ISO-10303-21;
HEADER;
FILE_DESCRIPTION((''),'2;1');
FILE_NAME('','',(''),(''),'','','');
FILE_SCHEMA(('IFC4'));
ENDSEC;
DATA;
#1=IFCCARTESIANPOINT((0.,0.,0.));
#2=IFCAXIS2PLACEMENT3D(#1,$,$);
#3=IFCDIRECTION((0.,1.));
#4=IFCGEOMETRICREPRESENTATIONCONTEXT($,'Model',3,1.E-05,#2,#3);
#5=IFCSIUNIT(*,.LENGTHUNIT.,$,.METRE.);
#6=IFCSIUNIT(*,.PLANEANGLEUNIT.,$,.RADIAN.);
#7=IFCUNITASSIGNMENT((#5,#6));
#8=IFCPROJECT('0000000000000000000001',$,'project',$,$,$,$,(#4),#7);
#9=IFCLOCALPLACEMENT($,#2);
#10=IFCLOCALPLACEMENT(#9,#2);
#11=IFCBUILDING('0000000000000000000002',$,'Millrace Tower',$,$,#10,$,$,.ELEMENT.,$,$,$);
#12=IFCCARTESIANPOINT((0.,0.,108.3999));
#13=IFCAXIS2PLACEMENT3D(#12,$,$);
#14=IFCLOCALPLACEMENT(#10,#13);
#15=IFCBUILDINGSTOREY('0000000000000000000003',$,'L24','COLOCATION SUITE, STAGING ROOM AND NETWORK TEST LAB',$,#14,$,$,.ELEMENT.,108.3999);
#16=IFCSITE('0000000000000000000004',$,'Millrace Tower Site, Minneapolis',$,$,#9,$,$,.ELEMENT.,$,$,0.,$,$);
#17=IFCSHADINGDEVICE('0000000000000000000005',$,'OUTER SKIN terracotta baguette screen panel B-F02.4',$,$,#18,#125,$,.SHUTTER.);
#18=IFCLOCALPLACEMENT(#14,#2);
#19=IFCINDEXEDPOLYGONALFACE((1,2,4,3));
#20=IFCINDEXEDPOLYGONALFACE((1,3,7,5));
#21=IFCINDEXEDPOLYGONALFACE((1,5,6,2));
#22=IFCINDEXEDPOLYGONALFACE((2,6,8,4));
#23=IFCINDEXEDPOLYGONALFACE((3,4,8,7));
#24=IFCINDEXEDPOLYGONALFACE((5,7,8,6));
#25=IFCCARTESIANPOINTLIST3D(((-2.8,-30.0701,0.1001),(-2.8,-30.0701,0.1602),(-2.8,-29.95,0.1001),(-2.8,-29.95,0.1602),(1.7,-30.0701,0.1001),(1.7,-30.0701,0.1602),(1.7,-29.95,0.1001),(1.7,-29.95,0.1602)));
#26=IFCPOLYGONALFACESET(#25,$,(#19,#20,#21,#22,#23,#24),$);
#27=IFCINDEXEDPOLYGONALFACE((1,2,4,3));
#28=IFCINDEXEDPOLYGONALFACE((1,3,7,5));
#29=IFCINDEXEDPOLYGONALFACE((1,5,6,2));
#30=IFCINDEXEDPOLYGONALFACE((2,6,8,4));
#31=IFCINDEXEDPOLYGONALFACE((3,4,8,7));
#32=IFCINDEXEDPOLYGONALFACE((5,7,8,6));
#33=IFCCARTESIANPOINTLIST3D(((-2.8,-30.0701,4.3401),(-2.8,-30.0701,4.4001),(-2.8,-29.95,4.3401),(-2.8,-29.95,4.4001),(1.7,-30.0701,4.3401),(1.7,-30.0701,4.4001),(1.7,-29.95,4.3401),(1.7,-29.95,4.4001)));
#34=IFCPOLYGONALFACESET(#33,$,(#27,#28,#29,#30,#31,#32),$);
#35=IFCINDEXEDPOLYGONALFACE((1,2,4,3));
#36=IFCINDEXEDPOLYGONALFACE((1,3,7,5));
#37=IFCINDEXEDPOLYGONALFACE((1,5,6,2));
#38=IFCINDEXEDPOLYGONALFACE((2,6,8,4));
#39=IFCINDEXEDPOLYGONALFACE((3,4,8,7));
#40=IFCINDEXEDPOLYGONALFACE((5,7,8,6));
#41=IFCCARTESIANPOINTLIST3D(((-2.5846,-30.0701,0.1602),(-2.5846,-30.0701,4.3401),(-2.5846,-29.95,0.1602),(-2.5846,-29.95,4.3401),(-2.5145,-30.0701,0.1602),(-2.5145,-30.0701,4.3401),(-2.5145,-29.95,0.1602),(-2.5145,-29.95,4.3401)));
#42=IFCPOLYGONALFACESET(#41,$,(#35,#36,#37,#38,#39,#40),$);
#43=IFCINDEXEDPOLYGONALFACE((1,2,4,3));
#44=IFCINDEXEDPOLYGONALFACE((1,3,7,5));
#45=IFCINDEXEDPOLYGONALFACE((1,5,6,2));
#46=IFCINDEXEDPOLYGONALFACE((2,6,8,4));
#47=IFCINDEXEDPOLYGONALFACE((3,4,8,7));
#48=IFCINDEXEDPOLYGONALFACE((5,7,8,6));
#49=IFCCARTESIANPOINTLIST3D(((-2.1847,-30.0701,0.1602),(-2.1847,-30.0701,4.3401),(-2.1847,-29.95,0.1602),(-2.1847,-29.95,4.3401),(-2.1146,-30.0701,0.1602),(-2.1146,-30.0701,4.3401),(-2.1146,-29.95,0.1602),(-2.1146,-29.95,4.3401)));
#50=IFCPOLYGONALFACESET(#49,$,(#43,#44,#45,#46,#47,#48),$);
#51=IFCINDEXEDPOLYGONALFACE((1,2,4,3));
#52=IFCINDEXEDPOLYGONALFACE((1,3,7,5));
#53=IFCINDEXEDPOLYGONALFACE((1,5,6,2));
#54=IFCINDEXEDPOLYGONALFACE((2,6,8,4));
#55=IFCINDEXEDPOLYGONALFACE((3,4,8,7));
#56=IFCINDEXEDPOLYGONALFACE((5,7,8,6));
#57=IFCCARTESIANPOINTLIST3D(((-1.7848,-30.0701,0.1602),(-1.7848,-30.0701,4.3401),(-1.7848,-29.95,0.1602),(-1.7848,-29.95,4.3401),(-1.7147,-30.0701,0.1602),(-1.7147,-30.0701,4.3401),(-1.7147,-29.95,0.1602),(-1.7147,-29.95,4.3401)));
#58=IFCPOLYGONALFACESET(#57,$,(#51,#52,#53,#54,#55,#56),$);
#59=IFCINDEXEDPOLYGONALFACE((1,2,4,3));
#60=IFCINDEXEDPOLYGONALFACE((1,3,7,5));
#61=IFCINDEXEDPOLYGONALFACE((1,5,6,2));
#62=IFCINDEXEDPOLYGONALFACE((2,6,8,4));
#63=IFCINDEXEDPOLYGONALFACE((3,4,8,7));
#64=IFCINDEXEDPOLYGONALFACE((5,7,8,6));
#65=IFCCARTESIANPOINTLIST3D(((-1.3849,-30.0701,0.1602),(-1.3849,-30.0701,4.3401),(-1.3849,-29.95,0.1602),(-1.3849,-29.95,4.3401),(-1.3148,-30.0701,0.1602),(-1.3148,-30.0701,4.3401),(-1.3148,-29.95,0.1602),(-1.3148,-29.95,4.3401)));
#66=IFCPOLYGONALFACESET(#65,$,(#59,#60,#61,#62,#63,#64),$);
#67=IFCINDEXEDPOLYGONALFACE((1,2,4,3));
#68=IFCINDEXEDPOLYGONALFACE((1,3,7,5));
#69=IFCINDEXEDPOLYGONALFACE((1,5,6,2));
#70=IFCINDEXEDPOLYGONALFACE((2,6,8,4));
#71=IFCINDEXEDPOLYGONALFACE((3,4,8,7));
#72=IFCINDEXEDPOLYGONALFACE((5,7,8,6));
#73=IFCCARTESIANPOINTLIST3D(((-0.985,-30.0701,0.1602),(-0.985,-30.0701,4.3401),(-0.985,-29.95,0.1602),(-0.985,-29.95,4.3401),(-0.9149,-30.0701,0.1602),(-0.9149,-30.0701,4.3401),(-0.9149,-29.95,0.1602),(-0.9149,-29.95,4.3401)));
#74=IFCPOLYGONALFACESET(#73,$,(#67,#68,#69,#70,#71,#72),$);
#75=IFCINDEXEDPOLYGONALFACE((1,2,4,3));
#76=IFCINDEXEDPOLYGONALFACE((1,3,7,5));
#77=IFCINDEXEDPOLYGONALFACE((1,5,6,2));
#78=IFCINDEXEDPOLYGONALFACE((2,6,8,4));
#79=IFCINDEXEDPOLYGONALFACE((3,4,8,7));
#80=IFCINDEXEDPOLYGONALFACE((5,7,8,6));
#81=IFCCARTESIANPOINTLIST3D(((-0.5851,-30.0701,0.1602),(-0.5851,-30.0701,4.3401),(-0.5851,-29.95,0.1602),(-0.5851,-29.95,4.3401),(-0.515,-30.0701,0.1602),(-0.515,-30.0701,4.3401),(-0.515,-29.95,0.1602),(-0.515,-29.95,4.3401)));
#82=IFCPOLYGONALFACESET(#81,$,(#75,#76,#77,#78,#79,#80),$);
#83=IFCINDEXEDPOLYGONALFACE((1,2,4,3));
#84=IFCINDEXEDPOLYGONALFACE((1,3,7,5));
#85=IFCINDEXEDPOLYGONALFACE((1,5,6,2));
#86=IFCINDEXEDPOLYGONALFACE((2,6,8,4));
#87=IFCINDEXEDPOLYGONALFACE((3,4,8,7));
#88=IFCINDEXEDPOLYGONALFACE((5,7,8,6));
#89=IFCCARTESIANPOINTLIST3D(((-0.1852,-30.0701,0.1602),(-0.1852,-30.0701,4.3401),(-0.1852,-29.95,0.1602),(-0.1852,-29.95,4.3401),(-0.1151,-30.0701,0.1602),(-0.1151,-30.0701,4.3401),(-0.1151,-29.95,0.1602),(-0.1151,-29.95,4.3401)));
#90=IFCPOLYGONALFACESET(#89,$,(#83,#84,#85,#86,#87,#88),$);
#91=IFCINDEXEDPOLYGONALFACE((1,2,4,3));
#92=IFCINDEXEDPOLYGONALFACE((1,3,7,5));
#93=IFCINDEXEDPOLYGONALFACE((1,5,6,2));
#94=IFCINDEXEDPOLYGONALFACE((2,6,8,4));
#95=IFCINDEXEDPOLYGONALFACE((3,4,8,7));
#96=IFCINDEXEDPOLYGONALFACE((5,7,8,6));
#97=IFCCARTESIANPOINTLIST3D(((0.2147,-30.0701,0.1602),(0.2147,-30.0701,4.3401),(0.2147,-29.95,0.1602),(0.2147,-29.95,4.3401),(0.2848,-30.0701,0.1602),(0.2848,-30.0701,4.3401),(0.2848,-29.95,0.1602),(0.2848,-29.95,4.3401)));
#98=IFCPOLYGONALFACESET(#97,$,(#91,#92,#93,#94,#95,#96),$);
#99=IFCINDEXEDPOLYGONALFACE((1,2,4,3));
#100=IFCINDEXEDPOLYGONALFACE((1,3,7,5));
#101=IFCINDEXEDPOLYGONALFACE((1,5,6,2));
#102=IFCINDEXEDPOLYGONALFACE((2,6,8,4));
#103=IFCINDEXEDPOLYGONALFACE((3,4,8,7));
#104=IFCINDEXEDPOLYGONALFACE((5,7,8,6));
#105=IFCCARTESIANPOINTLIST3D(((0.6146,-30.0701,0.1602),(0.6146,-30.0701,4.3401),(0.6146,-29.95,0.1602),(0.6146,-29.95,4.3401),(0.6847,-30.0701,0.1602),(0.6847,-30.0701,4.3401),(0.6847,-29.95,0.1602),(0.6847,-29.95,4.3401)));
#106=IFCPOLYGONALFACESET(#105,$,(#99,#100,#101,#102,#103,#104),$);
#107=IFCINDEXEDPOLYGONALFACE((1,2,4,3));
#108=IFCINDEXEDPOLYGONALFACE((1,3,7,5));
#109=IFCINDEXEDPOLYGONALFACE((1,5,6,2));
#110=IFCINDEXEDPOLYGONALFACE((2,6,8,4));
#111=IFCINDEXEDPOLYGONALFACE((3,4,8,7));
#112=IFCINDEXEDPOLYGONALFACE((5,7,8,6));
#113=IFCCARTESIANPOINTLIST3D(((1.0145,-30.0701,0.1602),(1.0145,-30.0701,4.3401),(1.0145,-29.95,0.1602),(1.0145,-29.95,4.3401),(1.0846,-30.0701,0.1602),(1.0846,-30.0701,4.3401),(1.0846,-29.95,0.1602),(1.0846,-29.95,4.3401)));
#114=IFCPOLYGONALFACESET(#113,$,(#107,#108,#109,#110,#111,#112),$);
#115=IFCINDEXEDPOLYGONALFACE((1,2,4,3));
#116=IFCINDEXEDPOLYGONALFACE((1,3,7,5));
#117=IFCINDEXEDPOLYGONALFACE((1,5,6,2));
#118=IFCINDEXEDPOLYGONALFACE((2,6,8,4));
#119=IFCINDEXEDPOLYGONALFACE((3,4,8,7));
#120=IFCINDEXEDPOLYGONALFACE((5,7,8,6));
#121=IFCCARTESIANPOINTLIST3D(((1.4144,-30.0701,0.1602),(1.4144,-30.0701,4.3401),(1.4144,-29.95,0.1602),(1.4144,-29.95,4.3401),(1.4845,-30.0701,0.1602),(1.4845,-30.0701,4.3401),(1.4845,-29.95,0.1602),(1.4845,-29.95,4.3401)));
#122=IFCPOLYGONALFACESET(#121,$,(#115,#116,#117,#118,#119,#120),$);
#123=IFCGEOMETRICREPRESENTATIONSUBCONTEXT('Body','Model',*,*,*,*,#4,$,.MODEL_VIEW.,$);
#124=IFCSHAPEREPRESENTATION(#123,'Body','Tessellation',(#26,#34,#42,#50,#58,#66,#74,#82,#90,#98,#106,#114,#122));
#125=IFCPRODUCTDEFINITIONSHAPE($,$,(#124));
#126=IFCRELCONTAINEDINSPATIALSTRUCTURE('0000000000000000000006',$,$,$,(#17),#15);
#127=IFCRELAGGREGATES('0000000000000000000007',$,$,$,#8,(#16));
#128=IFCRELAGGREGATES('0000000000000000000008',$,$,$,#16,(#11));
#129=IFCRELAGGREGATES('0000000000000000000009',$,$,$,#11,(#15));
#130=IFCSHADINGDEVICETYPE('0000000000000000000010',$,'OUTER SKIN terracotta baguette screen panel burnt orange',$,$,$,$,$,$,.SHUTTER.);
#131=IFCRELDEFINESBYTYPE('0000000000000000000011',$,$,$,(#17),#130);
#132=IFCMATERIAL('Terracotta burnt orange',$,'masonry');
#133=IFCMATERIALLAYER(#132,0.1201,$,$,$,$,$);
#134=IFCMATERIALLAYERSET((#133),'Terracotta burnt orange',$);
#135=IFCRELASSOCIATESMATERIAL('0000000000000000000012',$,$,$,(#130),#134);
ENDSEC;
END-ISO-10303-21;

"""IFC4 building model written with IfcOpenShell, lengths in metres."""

from ifc_helpers import new_model, entity, si_unit, direction, frame, frame_2d, origin, origin_2d, place, context, subcontext, project, spatial, rectangle, extrude, source, transform, mapped, material, layer, layer_set, type_object, element, save


model = new_model("IFC4")

# Units and contexts
model_context = context("Model", 3, precision=1e-05, world=origin(), true_north=direction((0.0, 1.0)))
body_context = subcontext(model_context, "Body", "Model", "MODEL_VIEW")
ifc_project = project(units=[si_unit("LENGTHUNIT", "METRE"), si_unit("PLANEANGLEUNIT", "RADIAN")], contexts=[model_context])

# Site, building, storey
site_placement = place(None, origin())
site = spatial("IfcSite", under=ifc_project, at=site_placement, Name="Millrace Tower Site, Minneapolis", CompositionType="ELEMENT", RefElevation=0.0)
building_placement = place(site_placement, origin())
building = spatial("IfcBuilding", under=site, at=building_placement, Name="Millrace Tower", CompositionType="ELEMENT")
storey_placement = place(building_placement, frame((0.0, 0.0, 108.3999)))
storey = spatial("IfcBuildingStorey", under=building, at=storey_placement, Name="L24", Description="COLOCATION SUITE, STAGING ROOM AND NETWORK TEST LAB", CompositionType="ELEMENT", Elevation=108.3999)

# Shading device
ifc_material_1 = material(Name="Terracotta burnt orange", Category="masonry")
ifc_layer_1 = layer(ifc_material_1, 0.1201)
ifc_layer_set_1 = layer_set([ifc_layer_1], Name="Terracotta burnt orange")
shading_device_type = type_object("IfcShadingDeviceType", Name="OUTER SKIN terracotta baguette screen panel burnt orange", PredefinedType="SHUTTER", material=ifc_layer_set_1)
cartesian_point_1 = entity("IfcCartesianPoint", [-2.25, 0.0601])
shared_polyline_1 = entity("IfcPolyline", [cartesian_point_1, entity("IfcCartesianPoint", [2.25, 0.0601]), entity("IfcCartesianPoint", [2.25, -0.0601]), entity("IfcCartesianPoint", [-2.25, -0.0601]), cartesian_point_1])
shared_shape_1 = source(origin(), body_context, "Body", "SweptSolid", [
    entity("IfcExtrudedAreaSolid", entity("IfcArbitraryClosedProfileDef", "AREA", None, shared_polyline_1), entity("IfcAxis2Placement3D", entity("IfcCartesianPoint", [0.0, 0.0, 0.0])), entity("IfcDirection", [0.0, 0.0, 1.0]), 0.0601),
    entity("IfcExtrudedAreaSolid", entity("IfcArbitraryClosedProfileDef", "AREA", None, shared_polyline_1), entity("IfcAxis2Placement3D", entity("IfcCartesianPoint", [0.0, 0.0, 4.24])), entity("IfcDirection", [0.0, 0.0, 1.0]), 0.0601),
    extrude(rectangle(XDim=0.0701, YDim=0.1201, at=frame_2d((-1.9995, 0.0))), frame((0.0, 0.0, 0.0601)), (0.0, 0.0, 1.0), 4.1799),
    extrude(rectangle(XDim=0.0701, YDim=0.1201, at=frame_2d((-1.5996, 0.0))), frame((0.0, 0.0, 0.0601)), (0.0, 0.0, 1.0), 4.1799),
    extrude(rectangle(XDim=0.0701, YDim=0.1201, at=frame_2d((-1.1997, 0.0))), frame((0.0, 0.0, 0.0601)), (0.0, 0.0, 1.0), 4.1799),
    extrude(rectangle(XDim=0.0701, YDim=0.1201, at=frame_2d((-0.7998, 0.0))), frame((0.0, 0.0, 0.0601)), (0.0, 0.0, 1.0), 4.1799),
    extrude(rectangle(XDim=0.0701, YDim=0.1201, at=frame_2d((-0.3999, 0.0))), frame((0.0, 0.0, 0.0601)), (0.0, 0.0, 1.0), 4.1799),
    extrude(rectangle(XDim=0.0701, YDim=0.1201, at=origin_2d()), frame((0.0, 0.0, 0.0601)), (0.0, 0.0, 1.0), 4.1799),
    extrude(rectangle(XDim=0.0701, YDim=0.1201, at=frame_2d((0.3999, 0.0))), frame((0.0, 0.0, 0.0601)), (0.0, 0.0, 1.0), 4.1799),
    extrude(rectangle(XDim=0.0701, YDim=0.1201, at=frame_2d((0.7998, 0.0))), frame((0.0, 0.0, 0.0601)), (0.0, 0.0, 1.0), 4.1799),
    extrude(rectangle(XDim=0.0701, YDim=0.1201, at=frame_2d((1.1997, 0.0))), frame((0.0, 0.0, 0.0601)), (0.0, 0.0, 1.0), 4.1799),
    extrude(rectangle(XDim=0.0701, YDim=0.1201, at=frame_2d((1.5996, 0.0))), frame((0.0, 0.0, 0.0601)), (0.0, 0.0, 1.0), 4.1799),
    extrude(rectangle(XDim=0.0701, YDim=0.1201, at=frame_2d((1.9995, 0.0))), frame((0.0, 0.0, 0.0601)), (0.0, 0.0, 1.0), 4.1799),
])
for number, where, z_axis, x_axis, name in (
    (1, (-0.55, -30.01, 0.1001), (0.0, 0.0, 1.0), (1.0, 0.0, 0.0), "OUTER SKIN terracotta baguette screen panel B-F02.4"),
):
    element("IfcShadingDevice", number, at=place(storey_placement, frame(where, z_axis=z_axis, x_axis=x_axis)), inside=storey, type_object=shading_device_type, Name=name, PredefinedType="SHUTTER", context=body_context, shape_type="MappedRepresentation", body=[
        mapped(shared_shape_1, transform((0.0, 0.0, 0.0), scale=1.0)),
    ])

save(model, "model.ifc")
